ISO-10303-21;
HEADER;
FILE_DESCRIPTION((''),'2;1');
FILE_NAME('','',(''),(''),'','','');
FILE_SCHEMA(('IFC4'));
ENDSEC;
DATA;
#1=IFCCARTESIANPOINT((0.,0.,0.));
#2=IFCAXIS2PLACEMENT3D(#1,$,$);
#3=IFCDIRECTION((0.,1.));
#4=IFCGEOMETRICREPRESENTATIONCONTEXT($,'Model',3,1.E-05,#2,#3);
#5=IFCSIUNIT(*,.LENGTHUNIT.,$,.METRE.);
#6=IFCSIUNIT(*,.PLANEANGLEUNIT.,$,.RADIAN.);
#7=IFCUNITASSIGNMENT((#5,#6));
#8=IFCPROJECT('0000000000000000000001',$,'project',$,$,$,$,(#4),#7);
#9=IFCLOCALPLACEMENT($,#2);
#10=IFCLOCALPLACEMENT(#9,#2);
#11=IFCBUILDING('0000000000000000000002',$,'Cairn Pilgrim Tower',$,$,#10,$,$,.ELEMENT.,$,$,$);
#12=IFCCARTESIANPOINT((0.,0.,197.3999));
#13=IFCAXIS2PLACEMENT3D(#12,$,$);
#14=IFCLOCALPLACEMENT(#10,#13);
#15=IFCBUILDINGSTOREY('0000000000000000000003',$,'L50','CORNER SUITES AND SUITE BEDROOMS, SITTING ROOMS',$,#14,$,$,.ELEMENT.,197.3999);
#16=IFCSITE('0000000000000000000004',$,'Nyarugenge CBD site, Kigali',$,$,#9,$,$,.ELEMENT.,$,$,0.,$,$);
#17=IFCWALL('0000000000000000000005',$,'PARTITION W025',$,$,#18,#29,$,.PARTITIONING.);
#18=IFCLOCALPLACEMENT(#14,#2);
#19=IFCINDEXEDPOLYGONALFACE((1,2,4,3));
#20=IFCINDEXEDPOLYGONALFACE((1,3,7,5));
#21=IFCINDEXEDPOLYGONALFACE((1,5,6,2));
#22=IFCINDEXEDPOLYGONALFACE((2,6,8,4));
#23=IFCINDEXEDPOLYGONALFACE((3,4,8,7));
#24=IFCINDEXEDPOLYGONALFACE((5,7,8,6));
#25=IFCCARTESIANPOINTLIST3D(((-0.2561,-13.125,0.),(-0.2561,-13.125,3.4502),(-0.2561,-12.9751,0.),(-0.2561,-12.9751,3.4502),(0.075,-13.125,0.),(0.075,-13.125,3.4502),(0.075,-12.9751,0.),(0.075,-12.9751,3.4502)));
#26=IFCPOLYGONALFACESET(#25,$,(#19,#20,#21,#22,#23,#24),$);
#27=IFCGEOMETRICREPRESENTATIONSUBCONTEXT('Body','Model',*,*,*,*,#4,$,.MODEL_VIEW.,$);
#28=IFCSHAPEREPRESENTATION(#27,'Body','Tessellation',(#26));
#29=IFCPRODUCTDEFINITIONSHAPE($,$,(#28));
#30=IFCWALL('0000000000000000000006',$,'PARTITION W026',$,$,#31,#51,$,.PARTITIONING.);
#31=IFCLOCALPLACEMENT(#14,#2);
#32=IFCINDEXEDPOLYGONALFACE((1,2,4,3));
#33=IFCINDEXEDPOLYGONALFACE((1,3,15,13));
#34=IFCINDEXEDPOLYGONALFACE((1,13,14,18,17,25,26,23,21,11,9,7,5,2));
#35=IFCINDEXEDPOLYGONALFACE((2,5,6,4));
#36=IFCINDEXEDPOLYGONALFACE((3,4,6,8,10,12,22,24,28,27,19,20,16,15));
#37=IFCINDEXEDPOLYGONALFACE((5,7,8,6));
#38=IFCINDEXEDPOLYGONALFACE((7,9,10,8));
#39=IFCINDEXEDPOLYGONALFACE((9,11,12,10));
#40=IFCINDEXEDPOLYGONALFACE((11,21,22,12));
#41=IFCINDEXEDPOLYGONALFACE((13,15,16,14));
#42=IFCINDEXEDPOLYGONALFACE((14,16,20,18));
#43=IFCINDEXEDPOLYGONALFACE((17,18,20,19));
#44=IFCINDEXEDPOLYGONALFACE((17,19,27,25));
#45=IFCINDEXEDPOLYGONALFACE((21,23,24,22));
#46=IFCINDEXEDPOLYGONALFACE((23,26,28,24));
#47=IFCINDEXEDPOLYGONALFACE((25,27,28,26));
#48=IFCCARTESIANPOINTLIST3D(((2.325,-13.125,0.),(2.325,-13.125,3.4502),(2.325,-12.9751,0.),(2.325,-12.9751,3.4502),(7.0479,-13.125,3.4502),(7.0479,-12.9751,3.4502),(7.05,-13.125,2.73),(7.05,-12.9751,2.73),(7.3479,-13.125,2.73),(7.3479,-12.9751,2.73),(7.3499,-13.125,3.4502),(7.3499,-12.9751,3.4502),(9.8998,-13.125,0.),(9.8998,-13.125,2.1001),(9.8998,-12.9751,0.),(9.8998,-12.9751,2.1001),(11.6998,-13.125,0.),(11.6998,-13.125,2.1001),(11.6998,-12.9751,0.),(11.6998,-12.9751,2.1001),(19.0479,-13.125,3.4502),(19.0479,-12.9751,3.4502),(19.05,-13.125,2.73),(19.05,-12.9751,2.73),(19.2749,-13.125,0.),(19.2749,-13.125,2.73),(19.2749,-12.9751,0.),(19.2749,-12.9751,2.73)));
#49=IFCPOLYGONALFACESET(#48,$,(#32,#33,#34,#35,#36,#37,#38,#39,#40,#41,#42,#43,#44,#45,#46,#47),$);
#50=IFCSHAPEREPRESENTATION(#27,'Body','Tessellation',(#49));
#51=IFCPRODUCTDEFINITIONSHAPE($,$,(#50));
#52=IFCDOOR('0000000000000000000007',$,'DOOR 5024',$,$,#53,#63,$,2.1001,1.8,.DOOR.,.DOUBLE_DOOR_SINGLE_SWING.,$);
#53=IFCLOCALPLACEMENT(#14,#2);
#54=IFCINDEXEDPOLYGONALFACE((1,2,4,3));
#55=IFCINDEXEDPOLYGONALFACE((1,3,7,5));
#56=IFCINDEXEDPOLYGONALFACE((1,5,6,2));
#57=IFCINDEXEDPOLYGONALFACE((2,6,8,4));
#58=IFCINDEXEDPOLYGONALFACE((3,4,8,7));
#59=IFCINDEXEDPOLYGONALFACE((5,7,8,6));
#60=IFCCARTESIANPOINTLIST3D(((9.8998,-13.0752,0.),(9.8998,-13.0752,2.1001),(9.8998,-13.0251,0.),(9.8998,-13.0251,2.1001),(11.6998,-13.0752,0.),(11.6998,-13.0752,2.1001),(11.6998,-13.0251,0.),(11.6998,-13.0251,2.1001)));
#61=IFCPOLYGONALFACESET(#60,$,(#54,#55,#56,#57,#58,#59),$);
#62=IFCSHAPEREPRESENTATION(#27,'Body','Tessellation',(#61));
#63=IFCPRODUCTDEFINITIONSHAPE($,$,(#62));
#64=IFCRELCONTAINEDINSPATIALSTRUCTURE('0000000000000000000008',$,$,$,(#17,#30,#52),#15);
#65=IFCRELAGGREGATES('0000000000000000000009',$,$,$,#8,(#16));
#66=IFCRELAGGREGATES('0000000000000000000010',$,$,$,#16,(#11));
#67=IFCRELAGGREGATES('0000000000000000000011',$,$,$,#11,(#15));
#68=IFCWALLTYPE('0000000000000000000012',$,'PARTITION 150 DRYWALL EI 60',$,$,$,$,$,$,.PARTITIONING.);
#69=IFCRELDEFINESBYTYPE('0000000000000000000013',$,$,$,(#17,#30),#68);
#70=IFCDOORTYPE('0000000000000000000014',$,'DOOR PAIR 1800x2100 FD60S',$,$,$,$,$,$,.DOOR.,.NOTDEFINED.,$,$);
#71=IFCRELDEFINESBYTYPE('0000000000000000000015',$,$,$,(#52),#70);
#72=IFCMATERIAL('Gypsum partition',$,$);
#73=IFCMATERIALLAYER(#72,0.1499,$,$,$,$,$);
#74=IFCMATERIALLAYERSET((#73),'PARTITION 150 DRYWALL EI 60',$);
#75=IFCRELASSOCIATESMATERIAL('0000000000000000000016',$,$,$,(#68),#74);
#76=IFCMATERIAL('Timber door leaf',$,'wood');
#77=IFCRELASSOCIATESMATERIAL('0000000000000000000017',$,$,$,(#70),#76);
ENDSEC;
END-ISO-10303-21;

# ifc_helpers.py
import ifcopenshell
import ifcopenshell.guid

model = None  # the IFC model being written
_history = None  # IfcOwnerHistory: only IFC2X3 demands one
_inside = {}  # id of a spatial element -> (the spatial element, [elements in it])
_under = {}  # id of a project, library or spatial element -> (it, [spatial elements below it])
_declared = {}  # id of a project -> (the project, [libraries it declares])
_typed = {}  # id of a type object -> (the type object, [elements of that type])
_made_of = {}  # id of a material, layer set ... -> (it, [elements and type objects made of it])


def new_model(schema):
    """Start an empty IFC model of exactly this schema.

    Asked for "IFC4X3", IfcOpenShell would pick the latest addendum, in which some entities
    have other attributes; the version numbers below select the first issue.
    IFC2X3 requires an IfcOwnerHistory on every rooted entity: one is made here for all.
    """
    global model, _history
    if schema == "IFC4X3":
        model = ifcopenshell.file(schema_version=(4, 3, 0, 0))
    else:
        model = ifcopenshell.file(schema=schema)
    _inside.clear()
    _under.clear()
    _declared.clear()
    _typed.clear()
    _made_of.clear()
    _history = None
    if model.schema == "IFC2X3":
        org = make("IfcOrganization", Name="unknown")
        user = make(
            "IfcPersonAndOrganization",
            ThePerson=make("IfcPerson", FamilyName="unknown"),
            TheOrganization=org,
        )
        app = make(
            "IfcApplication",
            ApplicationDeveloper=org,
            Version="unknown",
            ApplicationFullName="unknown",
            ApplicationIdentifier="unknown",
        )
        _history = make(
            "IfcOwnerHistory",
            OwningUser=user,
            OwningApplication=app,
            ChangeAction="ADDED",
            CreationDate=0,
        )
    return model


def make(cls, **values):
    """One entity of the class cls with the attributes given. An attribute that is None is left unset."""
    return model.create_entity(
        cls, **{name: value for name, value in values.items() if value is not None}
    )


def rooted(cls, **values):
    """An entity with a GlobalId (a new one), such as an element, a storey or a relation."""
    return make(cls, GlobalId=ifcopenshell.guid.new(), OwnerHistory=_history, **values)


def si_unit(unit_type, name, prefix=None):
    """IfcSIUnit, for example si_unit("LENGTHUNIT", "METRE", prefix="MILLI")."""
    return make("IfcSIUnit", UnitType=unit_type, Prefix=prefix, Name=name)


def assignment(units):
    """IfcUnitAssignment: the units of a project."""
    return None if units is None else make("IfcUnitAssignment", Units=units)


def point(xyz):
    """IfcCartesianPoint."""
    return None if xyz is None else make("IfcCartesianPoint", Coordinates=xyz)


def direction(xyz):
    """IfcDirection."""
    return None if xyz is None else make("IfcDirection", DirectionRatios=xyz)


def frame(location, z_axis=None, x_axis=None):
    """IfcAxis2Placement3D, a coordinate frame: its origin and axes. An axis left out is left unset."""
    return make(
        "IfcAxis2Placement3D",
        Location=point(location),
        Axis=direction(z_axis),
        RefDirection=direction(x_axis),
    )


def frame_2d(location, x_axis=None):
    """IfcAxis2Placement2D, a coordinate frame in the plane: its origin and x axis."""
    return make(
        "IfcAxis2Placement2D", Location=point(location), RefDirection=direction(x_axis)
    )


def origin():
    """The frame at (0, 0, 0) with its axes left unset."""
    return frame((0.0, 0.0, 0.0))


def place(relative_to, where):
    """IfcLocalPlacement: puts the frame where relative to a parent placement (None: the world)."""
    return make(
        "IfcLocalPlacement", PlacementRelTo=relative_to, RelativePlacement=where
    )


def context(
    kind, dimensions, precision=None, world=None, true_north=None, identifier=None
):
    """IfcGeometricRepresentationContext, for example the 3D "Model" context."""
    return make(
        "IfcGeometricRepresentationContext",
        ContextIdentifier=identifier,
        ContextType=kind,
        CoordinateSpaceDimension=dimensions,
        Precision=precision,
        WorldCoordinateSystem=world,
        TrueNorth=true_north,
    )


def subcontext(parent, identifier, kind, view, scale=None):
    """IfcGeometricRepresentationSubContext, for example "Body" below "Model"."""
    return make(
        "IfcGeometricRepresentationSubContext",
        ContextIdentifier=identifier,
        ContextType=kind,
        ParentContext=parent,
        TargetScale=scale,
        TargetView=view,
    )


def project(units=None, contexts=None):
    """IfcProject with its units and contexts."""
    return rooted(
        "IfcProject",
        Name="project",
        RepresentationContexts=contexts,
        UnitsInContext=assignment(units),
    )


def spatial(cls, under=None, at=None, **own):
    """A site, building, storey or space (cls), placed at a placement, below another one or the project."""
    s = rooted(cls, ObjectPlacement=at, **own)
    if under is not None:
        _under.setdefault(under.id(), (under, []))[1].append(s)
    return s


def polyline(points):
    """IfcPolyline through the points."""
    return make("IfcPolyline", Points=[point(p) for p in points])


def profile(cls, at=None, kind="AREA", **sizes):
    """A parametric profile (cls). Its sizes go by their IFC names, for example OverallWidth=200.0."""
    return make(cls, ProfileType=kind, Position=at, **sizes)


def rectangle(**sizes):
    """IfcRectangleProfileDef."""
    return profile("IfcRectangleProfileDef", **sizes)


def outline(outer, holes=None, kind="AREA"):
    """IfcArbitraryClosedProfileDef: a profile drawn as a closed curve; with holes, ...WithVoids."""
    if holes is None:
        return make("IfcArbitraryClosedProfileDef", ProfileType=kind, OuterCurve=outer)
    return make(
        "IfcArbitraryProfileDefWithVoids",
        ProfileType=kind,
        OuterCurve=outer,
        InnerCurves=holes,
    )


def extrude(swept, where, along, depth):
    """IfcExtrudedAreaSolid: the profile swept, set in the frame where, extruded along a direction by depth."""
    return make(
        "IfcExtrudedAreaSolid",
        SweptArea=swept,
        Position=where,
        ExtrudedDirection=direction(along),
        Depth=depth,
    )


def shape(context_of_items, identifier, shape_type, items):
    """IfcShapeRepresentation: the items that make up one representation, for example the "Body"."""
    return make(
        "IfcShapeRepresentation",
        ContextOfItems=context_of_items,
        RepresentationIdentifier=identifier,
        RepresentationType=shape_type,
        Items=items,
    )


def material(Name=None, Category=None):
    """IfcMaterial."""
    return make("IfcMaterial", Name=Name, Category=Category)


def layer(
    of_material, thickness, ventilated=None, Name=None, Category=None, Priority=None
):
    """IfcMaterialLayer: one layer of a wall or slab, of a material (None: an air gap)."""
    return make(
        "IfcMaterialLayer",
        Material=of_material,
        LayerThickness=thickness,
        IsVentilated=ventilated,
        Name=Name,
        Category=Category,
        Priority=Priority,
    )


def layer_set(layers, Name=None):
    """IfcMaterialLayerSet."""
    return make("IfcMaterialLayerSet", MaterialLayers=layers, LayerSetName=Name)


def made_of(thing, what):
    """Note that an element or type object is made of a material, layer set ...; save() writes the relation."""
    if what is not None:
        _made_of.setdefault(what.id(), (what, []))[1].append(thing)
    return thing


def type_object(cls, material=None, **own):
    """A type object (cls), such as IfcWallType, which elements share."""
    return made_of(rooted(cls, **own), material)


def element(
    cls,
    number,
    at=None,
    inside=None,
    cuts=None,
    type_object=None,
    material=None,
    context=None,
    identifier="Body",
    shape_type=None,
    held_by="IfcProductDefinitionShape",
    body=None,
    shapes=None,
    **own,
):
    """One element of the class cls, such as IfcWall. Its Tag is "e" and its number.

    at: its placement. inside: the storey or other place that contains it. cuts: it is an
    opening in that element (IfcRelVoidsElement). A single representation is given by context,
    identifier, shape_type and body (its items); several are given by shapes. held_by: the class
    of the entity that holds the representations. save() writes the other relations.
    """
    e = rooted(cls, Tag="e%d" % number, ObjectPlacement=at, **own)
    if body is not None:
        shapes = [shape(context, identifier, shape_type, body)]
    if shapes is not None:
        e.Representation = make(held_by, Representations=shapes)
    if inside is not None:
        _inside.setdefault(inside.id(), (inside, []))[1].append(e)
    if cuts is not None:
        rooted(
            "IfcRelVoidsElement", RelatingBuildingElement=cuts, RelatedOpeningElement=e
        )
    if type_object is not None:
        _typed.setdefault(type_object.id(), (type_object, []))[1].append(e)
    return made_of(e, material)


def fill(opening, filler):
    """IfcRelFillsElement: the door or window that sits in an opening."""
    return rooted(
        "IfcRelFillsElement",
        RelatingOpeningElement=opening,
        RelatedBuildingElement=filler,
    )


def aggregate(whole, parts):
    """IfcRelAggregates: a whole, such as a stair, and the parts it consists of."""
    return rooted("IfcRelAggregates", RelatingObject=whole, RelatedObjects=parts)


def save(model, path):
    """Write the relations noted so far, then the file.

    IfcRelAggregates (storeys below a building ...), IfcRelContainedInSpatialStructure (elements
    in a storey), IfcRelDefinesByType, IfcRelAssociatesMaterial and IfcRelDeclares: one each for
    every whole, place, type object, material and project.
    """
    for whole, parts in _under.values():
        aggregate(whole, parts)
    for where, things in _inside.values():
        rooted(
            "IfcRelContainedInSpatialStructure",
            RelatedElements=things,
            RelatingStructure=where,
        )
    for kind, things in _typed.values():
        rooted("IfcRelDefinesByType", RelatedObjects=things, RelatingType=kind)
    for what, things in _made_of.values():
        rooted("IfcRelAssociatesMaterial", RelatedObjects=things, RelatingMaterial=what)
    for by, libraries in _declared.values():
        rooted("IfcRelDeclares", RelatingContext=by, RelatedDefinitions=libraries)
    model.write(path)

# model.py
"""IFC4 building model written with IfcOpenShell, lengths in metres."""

from ifc_helpers import new_model, si_unit, direction, frame, frame_2d, origin, place, context, subcontext, project, spatial, polyline, rectangle, outline, extrude, material, layer, layer_set, type_object, element, fill, save


model = new_model("IFC4")

# Units and contexts
model_context = context("Model", 3, precision=1e-05, world=origin(), true_north=direction((0.0, 1.0)))
body_context = subcontext(model_context, "Body", "Model", "MODEL_VIEW")
ifc_project = project(units=[si_unit("LENGTHUNIT", "METRE"), si_unit("PLANEANGLEUNIT", "RADIAN")], contexts=[model_context])

# Site, building, storey
site_placement = place(None, origin())
site = spatial("IfcSite", under=ifc_project, at=site_placement, Name="Nyarugenge CBD site, Kigali", CompositionType="ELEMENT", RefElevation=0.0)
building_placement = place(site_placement, origin())
building = spatial("IfcBuilding", under=site, at=building_placement, Name="Cairn Pilgrim Tower", CompositionType="ELEMENT")
storey_placement = place(building_placement, frame((0.0, 0.0, 197.3999)))
storey = spatial("IfcBuildingStorey", under=building, at=storey_placement, Name="L50", Description="CORNER SUITES AND SUITE BEDROOMS, SITTING ROOMS", CompositionType="ELEMENT", Elevation=197.3999)

# Shared definitions
ifc_material_1 = material(Name="Gypsum partition")

# Shared definitions
ifc_material_2 = material(Name="Timber door leaf", Category="wood")

# Shared definitions
ifc_layer_1 = layer(ifc_material_1, 0.1499)
ifc_layer_set_1 = layer_set([ifc_layer_1], Name="PARTITION 150 DRYWALL EI 60")
wall_type_1 = type_object("IfcWallType", Name="PARTITION 150 DRYWALL EI 60", PredefinedType="PARTITIONING", material=ifc_layer_set_1)

# Wall
wall_1_placement = place(storey_placement, frame((-0.2561, -13.05, 0.0), z_axis=(0.0, 0.0, 1.0), x_axis=(1.0, 0.0, 0.0)))
element("IfcWall", 1, at=wall_1_placement, inside=storey, type_object=wall_type_1, Name="PARTITION W025", PredefinedType="PARTITIONING", context=body_context, shape_type="SweptSolid", body=[
    extrude(rectangle(XDim=0.3311, YDim=0.1499, at=frame_2d((0.1655, 0.0))), origin(), (0.0, 0.0, 1.0), 3.4502),
])

# Wall, opening, door
wall_2_placement = place(storey_placement, frame((2.325, -13.05, 0.0), z_axis=(0.0, 0.0, 1.0), x_axis=(1.0, 0.0, 0.0)))
wall_2 = element("IfcWall", 2, at=wall_2_placement, inside=storey, type_object=wall_type_1, Name="PARTITION W026", PredefinedType="PARTITIONING", context=body_context, shape_type="SweptSolid", body=[
    extrude(outline(polyline([(0.0, 0.0), (16.95, 0.0), (16.95, 2.73), (16.7251, 2.73), (16.7229, 3.4502), (5.0249, 3.4502), (5.0229, 2.73), (4.7251, 2.73), (4.7229, 3.4502), (0.0, 3.4502), (0.0, 0.0)])), frame((0.0, 0.075, 0.0), z_axis=(0.0, -1.0, 0.0), x_axis=(1.0, 0.0, 0.0)), (0.0, 0.0, 1.0), 0.1499),
])
opening_1_placement = place(wall_2_placement, frame((7.575, 0.0, 0.0)))
opening_1 = element("IfcOpeningElement", 3, at=opening_1_placement, cuts=wall_2, PredefinedType="OPENING", context=body_context, shape_type="SweptSolid", body=[
    extrude(rectangle(XDim=1.8, YDim=2.1001, at=frame_2d((0.8999, 1.05))), frame((0.0, 0.085, 0.0), z_axis=(0.0, -1.0, 0.0), x_axis=(1.0, 0.0, 0.0)), (0.0, 0.0, 1.0), 0.1699),
])
door_type_1 = type_object("IfcDoorType", Name="DOOR PAIR 1800x2100 FD60S", OperationType="NOTDEFINED", PredefinedType="DOOR", material=ifc_material_2)
door_1_placement = place(opening_1_placement, origin())
door_1 = element("IfcDoor", 4, at=door_1_placement, inside=storey, type_object=door_type_1, Name="DOOR 5024", OperationType="DOUBLE_DOOR_SINGLE_SWING", OverallHeight=2.1001, OverallWidth=1.8, PredefinedType="DOOR", context=body_context, shape_type="SweptSolid", body=[
    extrude(rectangle(XDim=1.8, YDim=2.1001, at=frame_2d((0.8999, 1.05))), frame((0.0, 0.0249, 0.0), z_axis=(0.0, -1.0, 0.0), x_axis=(1.0, 0.0, 0.0)), (0.0, 0.0, 1.0), 0.05),
])
fill(opening_1, door_1)

save(model, "model.ifc")
